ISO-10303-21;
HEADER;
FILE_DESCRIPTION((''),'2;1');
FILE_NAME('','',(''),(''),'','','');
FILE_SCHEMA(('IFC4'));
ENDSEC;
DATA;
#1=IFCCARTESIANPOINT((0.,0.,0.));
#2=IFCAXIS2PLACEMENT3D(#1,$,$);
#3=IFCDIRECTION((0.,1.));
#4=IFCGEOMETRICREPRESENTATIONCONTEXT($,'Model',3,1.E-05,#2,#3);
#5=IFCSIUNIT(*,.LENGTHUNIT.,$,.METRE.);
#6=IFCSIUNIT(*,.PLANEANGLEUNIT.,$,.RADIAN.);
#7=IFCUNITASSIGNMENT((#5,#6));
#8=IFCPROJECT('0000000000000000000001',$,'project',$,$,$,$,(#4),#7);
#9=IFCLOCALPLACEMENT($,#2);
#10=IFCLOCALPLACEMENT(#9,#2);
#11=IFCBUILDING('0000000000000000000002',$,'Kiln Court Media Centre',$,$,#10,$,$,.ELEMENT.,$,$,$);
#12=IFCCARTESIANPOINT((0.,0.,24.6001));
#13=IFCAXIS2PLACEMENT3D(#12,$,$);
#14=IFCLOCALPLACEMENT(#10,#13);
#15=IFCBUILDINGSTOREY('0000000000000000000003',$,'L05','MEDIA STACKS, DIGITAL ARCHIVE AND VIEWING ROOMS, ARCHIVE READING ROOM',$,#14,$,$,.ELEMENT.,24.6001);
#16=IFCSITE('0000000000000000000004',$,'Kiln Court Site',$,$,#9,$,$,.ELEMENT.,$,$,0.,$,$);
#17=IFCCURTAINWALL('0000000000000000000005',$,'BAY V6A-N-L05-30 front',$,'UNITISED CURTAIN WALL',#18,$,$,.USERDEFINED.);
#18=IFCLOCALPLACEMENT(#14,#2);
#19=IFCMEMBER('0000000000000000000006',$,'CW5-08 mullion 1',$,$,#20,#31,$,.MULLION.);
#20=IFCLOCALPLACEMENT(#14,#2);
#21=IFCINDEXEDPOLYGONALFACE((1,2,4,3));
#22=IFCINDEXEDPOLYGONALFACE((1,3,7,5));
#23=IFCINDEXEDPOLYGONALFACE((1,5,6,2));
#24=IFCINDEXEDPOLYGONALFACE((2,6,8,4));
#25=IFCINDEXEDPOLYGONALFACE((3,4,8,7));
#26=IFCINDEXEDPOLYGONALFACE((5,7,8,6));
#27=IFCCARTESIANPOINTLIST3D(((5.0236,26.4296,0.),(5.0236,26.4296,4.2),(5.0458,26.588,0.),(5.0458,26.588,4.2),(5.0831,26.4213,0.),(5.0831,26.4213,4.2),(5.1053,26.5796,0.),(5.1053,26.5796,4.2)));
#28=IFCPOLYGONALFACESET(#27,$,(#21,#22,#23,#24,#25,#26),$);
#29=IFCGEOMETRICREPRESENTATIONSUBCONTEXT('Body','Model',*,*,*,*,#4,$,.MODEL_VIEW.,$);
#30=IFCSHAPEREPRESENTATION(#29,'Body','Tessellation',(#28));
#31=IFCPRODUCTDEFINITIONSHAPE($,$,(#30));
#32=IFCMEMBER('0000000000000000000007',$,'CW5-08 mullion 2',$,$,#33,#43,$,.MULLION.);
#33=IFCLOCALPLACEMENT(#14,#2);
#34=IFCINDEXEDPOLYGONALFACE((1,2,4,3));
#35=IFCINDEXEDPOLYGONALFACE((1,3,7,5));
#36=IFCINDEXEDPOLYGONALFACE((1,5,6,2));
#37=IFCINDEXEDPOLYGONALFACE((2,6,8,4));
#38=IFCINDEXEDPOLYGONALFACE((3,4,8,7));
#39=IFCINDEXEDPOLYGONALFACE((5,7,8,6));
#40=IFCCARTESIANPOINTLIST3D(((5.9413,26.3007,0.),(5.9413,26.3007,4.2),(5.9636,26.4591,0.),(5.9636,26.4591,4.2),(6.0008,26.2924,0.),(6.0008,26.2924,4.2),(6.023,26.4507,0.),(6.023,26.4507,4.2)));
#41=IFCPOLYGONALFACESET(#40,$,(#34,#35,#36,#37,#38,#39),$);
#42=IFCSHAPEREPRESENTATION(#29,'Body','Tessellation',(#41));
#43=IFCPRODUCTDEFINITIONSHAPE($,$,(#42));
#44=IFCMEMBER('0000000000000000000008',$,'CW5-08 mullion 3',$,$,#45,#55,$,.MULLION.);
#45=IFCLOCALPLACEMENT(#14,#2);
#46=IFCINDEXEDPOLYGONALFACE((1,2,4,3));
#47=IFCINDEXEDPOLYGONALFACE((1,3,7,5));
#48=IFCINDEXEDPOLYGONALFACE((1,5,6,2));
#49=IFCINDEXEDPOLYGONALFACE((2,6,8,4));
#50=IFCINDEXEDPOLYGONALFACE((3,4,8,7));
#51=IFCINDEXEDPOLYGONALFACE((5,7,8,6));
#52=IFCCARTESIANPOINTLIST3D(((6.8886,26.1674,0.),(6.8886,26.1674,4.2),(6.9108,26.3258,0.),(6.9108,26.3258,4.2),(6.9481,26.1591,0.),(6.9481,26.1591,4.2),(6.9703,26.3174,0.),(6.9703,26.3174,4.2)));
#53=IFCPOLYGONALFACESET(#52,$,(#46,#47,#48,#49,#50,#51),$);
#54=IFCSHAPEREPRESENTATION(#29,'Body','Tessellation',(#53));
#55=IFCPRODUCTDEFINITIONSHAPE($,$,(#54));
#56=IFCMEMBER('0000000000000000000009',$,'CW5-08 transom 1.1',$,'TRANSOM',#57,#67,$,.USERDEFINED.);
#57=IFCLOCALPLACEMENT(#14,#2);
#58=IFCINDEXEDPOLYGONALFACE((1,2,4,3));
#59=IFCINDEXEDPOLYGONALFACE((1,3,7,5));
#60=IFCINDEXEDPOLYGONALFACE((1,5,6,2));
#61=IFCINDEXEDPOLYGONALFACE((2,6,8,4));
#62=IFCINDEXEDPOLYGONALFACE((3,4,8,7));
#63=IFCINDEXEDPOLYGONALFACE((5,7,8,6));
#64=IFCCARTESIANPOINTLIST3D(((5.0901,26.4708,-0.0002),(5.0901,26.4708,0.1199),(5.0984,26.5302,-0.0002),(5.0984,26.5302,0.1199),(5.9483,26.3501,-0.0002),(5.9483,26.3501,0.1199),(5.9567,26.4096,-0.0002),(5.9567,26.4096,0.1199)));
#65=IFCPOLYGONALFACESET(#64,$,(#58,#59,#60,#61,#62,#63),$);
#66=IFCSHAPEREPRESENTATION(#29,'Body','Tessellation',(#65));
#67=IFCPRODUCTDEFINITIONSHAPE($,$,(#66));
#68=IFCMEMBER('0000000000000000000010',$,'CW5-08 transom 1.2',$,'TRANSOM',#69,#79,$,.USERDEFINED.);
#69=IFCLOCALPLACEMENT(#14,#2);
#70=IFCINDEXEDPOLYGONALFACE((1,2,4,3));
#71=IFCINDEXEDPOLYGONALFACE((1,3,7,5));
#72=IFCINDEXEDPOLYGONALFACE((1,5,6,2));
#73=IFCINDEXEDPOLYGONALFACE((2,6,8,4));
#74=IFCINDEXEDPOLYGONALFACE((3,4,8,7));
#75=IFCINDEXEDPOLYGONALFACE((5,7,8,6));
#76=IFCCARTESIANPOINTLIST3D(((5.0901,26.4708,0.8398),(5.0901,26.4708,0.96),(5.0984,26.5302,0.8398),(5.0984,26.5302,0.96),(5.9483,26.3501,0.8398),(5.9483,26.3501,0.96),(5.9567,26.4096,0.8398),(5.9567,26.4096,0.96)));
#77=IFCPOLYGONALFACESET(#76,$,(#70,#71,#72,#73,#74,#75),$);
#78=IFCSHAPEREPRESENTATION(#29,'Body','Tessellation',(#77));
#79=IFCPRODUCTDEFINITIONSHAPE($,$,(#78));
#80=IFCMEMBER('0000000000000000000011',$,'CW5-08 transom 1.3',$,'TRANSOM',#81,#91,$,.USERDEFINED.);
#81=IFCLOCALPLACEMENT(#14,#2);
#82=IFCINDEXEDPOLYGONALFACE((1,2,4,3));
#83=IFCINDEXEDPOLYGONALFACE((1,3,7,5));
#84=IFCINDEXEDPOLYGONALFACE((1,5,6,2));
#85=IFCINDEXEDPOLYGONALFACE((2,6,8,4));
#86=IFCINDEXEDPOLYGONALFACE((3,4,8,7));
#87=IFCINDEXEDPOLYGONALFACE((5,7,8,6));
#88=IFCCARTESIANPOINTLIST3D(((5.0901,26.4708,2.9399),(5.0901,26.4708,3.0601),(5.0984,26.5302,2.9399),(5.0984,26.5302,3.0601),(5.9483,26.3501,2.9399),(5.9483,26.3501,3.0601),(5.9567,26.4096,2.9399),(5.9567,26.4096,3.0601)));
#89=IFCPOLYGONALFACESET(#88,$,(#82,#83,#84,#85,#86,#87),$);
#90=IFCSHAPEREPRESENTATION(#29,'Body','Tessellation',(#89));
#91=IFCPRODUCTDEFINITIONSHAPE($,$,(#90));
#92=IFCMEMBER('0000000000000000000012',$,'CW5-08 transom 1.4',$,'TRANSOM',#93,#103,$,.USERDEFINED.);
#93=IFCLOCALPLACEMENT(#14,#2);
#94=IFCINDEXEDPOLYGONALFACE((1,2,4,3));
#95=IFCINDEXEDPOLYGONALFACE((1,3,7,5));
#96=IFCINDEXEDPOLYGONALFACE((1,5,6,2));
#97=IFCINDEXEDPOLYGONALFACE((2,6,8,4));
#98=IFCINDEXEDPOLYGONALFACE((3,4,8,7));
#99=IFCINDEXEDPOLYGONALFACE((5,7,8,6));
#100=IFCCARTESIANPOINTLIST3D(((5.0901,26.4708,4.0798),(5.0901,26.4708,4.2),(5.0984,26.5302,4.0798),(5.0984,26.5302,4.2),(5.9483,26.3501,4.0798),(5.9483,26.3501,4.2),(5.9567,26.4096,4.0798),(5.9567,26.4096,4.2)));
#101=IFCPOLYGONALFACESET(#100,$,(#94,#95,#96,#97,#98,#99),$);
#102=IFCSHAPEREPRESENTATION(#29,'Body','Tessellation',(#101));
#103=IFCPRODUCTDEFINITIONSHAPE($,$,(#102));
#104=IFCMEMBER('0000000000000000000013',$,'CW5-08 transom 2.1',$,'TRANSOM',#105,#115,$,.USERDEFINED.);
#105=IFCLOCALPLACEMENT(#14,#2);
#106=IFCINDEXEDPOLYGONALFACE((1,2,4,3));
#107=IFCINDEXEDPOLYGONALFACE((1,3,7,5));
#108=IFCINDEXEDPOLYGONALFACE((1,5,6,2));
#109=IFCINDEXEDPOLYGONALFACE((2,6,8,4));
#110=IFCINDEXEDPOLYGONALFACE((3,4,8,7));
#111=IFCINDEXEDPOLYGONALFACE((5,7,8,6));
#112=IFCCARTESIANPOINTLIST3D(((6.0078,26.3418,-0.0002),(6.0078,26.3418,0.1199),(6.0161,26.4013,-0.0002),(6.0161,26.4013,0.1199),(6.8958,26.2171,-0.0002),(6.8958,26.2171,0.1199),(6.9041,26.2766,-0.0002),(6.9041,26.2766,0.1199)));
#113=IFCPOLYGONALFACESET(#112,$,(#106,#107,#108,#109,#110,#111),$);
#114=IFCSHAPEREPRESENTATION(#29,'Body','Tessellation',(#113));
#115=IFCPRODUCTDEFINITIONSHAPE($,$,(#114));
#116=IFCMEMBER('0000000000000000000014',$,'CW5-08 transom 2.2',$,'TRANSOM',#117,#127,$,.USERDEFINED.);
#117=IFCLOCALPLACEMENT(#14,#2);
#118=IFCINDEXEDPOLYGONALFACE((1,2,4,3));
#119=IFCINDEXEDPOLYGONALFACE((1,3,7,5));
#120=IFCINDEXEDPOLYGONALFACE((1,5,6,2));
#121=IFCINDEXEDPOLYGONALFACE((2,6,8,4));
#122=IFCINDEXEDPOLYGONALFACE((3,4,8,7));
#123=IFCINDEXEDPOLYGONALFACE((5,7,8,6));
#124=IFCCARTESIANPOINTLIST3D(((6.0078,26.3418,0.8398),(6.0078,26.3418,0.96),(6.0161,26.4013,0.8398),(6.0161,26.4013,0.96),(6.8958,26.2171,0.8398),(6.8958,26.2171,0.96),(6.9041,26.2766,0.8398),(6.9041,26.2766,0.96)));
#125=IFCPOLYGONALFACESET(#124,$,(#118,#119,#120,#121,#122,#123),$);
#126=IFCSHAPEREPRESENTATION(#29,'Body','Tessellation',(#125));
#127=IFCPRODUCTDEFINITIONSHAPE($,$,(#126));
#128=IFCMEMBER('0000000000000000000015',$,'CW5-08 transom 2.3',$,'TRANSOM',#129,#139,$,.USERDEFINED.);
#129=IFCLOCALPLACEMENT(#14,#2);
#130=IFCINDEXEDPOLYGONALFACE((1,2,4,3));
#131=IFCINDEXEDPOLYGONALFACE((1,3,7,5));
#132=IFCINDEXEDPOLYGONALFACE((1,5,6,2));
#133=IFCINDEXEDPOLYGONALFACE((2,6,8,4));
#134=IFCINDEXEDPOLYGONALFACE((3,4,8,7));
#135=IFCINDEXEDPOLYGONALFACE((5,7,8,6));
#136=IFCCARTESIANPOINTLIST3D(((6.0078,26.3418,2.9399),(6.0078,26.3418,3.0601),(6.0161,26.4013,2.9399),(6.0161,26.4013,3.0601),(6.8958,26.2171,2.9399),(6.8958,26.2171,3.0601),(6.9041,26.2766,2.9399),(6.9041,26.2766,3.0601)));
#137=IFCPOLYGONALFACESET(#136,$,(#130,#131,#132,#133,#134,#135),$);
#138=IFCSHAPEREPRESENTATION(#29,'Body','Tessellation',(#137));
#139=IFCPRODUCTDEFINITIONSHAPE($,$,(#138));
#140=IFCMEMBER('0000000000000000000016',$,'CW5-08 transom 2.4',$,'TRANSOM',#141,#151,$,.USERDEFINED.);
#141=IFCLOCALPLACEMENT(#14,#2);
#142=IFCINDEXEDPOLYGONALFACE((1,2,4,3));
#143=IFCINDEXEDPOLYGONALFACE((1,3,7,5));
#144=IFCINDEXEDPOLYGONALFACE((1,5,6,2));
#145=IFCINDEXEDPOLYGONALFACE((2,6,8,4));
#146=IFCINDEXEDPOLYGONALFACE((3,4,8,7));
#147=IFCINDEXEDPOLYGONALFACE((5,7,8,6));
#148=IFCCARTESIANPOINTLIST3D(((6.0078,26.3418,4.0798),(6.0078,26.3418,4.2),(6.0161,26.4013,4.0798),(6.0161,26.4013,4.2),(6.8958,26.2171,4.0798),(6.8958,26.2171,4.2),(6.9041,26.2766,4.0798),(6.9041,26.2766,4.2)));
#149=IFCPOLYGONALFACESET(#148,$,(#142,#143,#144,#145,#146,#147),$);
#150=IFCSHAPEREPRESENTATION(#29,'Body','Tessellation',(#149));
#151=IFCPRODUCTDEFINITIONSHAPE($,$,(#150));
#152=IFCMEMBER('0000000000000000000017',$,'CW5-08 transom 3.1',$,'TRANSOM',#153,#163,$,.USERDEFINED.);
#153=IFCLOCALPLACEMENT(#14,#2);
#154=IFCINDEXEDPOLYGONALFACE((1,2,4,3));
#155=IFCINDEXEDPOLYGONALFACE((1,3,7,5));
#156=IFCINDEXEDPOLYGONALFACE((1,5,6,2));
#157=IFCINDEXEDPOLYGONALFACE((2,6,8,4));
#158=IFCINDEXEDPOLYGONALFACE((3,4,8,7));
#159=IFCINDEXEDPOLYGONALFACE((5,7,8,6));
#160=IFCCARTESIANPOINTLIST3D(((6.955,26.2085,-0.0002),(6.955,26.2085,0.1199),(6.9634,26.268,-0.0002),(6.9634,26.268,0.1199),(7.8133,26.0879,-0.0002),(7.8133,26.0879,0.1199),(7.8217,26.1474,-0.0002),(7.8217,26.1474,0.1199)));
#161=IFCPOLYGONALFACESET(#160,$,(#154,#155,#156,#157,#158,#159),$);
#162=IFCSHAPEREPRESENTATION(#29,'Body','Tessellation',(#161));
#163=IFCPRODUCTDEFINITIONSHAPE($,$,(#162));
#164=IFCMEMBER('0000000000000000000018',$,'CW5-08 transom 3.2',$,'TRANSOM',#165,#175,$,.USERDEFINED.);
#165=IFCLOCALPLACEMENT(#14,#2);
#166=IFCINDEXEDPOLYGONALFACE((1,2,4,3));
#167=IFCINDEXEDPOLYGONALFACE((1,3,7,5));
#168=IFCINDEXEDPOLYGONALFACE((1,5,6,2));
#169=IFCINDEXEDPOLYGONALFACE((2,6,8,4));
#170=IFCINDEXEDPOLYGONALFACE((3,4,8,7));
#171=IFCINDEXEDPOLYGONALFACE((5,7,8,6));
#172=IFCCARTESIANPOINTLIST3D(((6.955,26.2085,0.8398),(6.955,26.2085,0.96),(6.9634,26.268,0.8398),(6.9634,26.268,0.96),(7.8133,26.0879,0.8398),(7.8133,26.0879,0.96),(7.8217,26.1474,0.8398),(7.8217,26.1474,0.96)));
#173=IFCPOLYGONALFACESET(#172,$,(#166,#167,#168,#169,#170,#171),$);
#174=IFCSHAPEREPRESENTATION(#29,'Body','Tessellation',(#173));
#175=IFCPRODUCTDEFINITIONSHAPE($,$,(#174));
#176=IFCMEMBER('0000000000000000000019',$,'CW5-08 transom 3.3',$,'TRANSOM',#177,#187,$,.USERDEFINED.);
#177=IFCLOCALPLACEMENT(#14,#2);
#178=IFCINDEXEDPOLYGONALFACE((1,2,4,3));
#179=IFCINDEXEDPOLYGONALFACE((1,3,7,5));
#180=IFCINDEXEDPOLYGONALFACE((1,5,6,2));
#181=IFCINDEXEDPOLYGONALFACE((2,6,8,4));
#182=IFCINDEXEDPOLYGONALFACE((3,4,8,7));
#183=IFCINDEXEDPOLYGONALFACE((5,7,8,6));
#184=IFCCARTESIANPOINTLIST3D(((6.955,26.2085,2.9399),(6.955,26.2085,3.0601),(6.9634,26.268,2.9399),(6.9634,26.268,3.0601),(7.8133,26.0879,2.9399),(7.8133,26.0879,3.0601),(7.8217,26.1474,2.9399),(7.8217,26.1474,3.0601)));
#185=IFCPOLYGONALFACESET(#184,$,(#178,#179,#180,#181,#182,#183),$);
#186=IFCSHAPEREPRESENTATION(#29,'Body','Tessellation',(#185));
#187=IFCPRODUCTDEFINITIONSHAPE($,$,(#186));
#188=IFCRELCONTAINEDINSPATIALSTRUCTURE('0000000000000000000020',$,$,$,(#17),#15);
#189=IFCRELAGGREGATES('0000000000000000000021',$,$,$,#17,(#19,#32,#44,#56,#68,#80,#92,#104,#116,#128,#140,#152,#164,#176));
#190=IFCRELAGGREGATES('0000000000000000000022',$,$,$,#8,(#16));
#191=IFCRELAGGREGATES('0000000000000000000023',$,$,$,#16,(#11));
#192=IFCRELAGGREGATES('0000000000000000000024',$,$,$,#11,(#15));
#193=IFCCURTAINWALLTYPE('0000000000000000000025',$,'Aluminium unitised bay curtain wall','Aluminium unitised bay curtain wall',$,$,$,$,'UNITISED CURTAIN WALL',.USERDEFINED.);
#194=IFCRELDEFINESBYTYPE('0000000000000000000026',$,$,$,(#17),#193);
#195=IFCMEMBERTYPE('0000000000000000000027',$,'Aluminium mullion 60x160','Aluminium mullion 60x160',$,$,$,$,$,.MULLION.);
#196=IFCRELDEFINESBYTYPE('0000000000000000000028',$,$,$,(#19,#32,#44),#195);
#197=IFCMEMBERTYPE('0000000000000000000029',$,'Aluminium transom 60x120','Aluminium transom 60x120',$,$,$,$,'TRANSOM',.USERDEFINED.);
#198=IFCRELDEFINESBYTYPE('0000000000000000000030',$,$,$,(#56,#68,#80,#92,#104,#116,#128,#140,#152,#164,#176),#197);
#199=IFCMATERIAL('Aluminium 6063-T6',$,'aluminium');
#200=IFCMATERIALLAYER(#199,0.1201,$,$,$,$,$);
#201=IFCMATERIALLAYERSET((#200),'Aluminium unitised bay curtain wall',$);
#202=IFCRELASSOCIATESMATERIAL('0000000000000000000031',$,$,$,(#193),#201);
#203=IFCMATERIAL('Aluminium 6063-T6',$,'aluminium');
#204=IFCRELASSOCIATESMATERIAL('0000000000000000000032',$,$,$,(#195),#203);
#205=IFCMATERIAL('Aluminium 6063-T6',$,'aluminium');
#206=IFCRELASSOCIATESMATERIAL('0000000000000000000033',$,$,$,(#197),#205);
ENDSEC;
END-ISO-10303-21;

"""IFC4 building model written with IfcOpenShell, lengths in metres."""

from ifc_helpers import new_model, si_unit, direction, frame, origin, origin_2d, place, context, subcontext, project, spatial, rectangle, extrude, material, layer, layer_set, material_profile, profile_set, type_object, element, aggregate, save


model = new_model("IFC4")

# Units and contexts
model_context = context("Model", 3, precision=1e-05, world=origin(), true_north=direction((0.0, 1.0)))
body_context = subcontext(model_context, "Body", "Model", "MODEL_VIEW")
ifc_project = project(units=[si_unit("LENGTHUNIT", "METRE"), si_unit("PLANEANGLEUNIT", "RADIAN")], contexts=[model_context])

# Site, building, storey
site_placement = place(None, origin())
site = spatial("IfcSite", under=ifc_project, at=site_placement, Name="Kiln Court Site", CompositionType="ELEMENT", RefElevation=0.0)
building_placement = place(site_placement, origin())
building = spatial("IfcBuilding", under=site, at=building_placement, Name="Kiln Court Media Centre", CompositionType="ELEMENT")
storey_placement = place(building_placement, frame((0.0, 0.0, 24.6001)))
storey = spatial("IfcBuildingStorey", under=building, at=storey_placement, Name="L05", Description="MEDIA STACKS, DIGITAL ARCHIVE AND VIEWING ROOMS, ARCHIVE READING ROOM", CompositionType="ELEMENT", Elevation=24.6001)

# Curtain wall, members
ifc_material_1 = material(Name="Aluminium 6063-T6", Category="aluminium")
ifc_layer_1 = layer(ifc_material_1, 0.1201)
ifc_layer_set_1 = layer_set([ifc_layer_1], Name="Aluminium unitised bay curtain wall")
curtain_wall_type = type_object("IfcCurtainWallType", Name="Aluminium unitised bay curtain wall", Description="Aluminium unitised bay curtain wall", ElementType="UNITISED CURTAIN WALL", PredefinedType="USERDEFINED", material=ifc_layer_set_1)
curtain_wall_placement = place(storey_placement, origin())
curtain_wall = element("IfcCurtainWall", 1, at=curtain_wall_placement, inside=storey, type_object=curtain_wall_type, Name="BAY V6A-N-L05-30 front", ObjectType="UNITISED CURTAIN WALL", PredefinedType="USERDEFINED")
ifc_material_2 = material(Name="Aluminium 6063-T6", Category="aluminium")
ifc_material_profile_1 = material_profile(ifc_material_2, rectangle(XDim=0.0601, YDim=0.1599, at=origin_2d()), Name="Aluminium mullion 60x160")
ifc_profile_set_1 = profile_set([ifc_material_profile_1], Name="Aluminium 6063-T6")
member_type_1 = type_object("IfcMemberType", Name="Aluminium mullion 60x160", Description="Aluminium mullion 60x160", PredefinedType="MULLION", material=ifc_profile_set_1)
member_1_placement = place(storey_placement, frame((5.0645, 26.5046, 0.0), z_axis=(0.0, 0.0, 1.0), x_axis=(0.99027, -0.139162, 0.0)))
member_1 = element("IfcMember", 2, at=member_1_placement, type_object=member_type_1, Name="CW5-08 mullion 1", PredefinedType="MULLION", context=body_context, shape_type="SweptSolid", body=[
    extrude(rectangle(XDim=0.0601, YDim=0.1599, at=origin_2d()), origin(), (0.0, 0.0, 1.0), 4.2),
])
member_2_placement = place(storey_placement, frame((5.9822, 26.3757, 0.0), z_axis=(0.0, 0.0, 1.0), x_axis=(0.99027, -0.139162, 0.0)))
member_2 = element("IfcMember", 3, at=member_2_placement, type_object=member_type_1, Name="CW5-08 mullion 2", PredefinedType="MULLION", context=body_context, shape_type="SweptSolid", body=[
    extrude(rectangle(XDim=0.0601, YDim=0.1599, at=origin_2d()), origin(), (0.0, 0.0, 1.0), 4.2),
])
member_3_placement = place(storey_placement, frame((6.9294, 26.2424, 0.0), z_axis=(0.0, 0.0, 1.0), x_axis=(0.99027, -0.139162, 0.0)))
member_3 = element("IfcMember", 4, at=member_3_placement, type_object=member_type_1, Name="CW5-08 mullion 3", PredefinedType="MULLION", context=body_context, shape_type="SweptSolid", body=[
    extrude(rectangle(XDim=0.0601, YDim=0.1599, at=origin_2d()), origin(), (0.0, 0.0, 1.0), 4.2),
])
ifc_material_3 = material(Name="Aluminium 6063-T6", Category="aluminium")
ifc_material_profile_2 = material_profile(ifc_material_3, rectangle(XDim=0.0601, YDim=0.1201, at=origin_2d()), Name="Aluminium transom 60x120")
ifc_profile_set_2 = profile_set([ifc_material_profile_2], Name="Aluminium 6063-T6")
member_type_2 = type_object("IfcMemberType", Name="Aluminium transom 60x120", Description="Aluminium transom 60x120", ElementType="TRANSOM", PredefinedType="USERDEFINED", material=ifc_profile_set_2)
member_4_placement = place(storey_placement, frame((5.0942, 26.5005, 0.0598), z_axis=(0.990268, -0.139173, 0.0), x_axis=(0.139173, 0.990268, 0.0)))
member_4 = element("IfcMember", 5, at=member_4_placement, type_object=member_type_2, Name="CW5-08 transom 1.1", ObjectType="TRANSOM", PredefinedType="USERDEFINED", context=body_context, shape_type="SweptSolid", body=[
    extrude(rectangle(XDim=0.0601, YDim=0.1201, at=origin_2d()), origin(), (0.0, 0.0, 1.0), 0.8667),
])
member_5_placement = place(storey_placement, frame((5.0942, 26.5005, 0.8999), z_axis=(0.990268, -0.139173, 0.0), x_axis=(0.139173, 0.990268, 0.0)))
member_5 = element("IfcMember", 6, at=member_5_placement, type_object=member_type_2, Name="CW5-08 transom 1.2", ObjectType="TRANSOM", PredefinedType="USERDEFINED", context=body_context, shape_type="SweptSolid", body=[
    extrude(rectangle(XDim=0.0601, YDim=0.1201, at=origin_2d()), origin(), (0.0, 0.0, 1.0), 0.8667),
])
member_6_placement = place(storey_placement, frame((5.0942, 26.5005, 3.0), z_axis=(0.990268, -0.139173, 0.0), x_axis=(0.139173, 0.990268, 0.0)))
member_6 = element("IfcMember", 7, at=member_6_placement, type_object=member_type_2, Name="CW5-08 transom 1.3", ObjectType="TRANSOM", PredefinedType="USERDEFINED", context=body_context, shape_type="SweptSolid", body=[
    extrude(rectangle(XDim=0.0601, YDim=0.1201, at=origin_2d()), origin(), (0.0, 0.0, 1.0), 0.8667),
])
member_7_placement = place(storey_placement, frame((5.0942, 26.5005, 4.1399), z_axis=(0.990268, -0.139173, 0.0), x_axis=(0.139173, 0.990268, 0.0)))
member_7 = element("IfcMember", 8, at=member_7_placement, type_object=member_type_2, Name="CW5-08 transom 1.4", ObjectType="TRANSOM", PredefinedType="USERDEFINED", context=body_context, shape_type="SweptSolid", body=[
    extrude(rectangle(XDim=0.0601, YDim=0.1201, at=origin_2d()), origin(), (0.0, 0.0, 1.0), 0.8667),
])
member_8_placement = place(storey_placement, frame((6.012, 26.3716, 0.0598), z_axis=(0.990274, -0.139134, 0.0), x_axis=(0.139134, 0.990274, 0.0)))
member_8 = element("IfcMember", 9, at=member_8_placement, type_object=member_type_2, Name="CW5-08 transom 2.1", ObjectType="TRANSOM", PredefinedType="USERDEFINED", context=body_context, shape_type="SweptSolid", body=[
    extrude(rectangle(XDim=0.0601, YDim=0.1201, at=origin_2d()), origin(), (0.0, 0.0, 1.0), 0.8967),
])
member_9_placement = place(storey_placement, frame((6.012, 26.3716, 0.8999), z_axis=(0.990274, -0.139134, 0.0), x_axis=(0.139134, 0.990274, 0.0)))
member_9 = element("IfcMember", 10, at=member_9_placement, type_object=member_type_2, Name="CW5-08 transom 2.2", ObjectType="TRANSOM", PredefinedType="USERDEFINED", context=body_context, shape_type="SweptSolid", body=[
    extrude(rectangle(XDim=0.0601, YDim=0.1201, at=origin_2d()), origin(), (0.0, 0.0, 1.0), 0.8967),
])
member_10_placement = place(storey_placement, frame((6.012, 26.3716, 3.0), z_axis=(0.990274, -0.139134, 0.0), x_axis=(0.139134, 0.990274, 0.0)))
member_10 = element("IfcMember", 11, at=member_10_placement, type_object=member_type_2, Name="CW5-08 transom 2.3", ObjectType="TRANSOM", PredefinedType="USERDEFINED", context=body_context, shape_type="SweptSolid", body=[
    extrude(rectangle(XDim=0.0601, YDim=0.1201, at=origin_2d()), origin(), (0.0, 0.0, 1.0), 0.8967),
])
member_11_placement = place(storey_placement, frame((6.012, 26.3716, 4.1399), z_axis=(0.990274, -0.139134, 0.0), x_axis=(0.139134, 0.990274, 0.0)))
member_11 = element("IfcMember", 12, at=member_11_placement, type_object=member_type_2, Name="CW5-08 transom 2.4", ObjectType="TRANSOM", PredefinedType="USERDEFINED", context=body_context, shape_type="SweptSolid", body=[
    extrude(rectangle(XDim=0.0601, YDim=0.1201, at=origin_2d()), origin(), (0.0, 0.0, 1.0), 0.8967),
])
member_12_placement = place(storey_placement, frame((6.9592, 26.2383, 0.0598), z_axis=(0.990268, -0.139173, 0.0), x_axis=(0.139173, 0.990268, 0.0)))
member_12 = element("IfcMember", 13, at=member_12_placement, type_object=member_type_2, Name="CW5-08 transom 3.1", ObjectType="TRANSOM", PredefinedType="USERDEFINED", context=body_context, shape_type="SweptSolid", body=[
    extrude(rectangle(XDim=0.0601, YDim=0.1201, at=origin_2d()), origin(), (0.0, 0.0, 1.0), 0.8667),
])
member_13_placement = place(storey_placement, frame((6.9592, 26.2383, 0.8999), z_axis=(0.990268, -0.139173, 0.0), x_axis=(0.139173, 0.990268, 0.0)))
member_13 = element("IfcMember", 14, at=member_13_placement, type_object=member_type_2, Name="CW5-08 transom 3.2", ObjectType="TRANSOM", PredefinedType="USERDEFINED", context=body_context, shape_type="SweptSolid", body=[
    extrude(rectangle(XDim=0.0601, YDim=0.1201, at=origin_2d()), origin(), (0.0, 0.0, 1.0), 0.8667),
])
member_14_placement = place(storey_placement, frame((6.9592, 26.2383, 3.0), z_axis=(0.990268, -0.139173, 0.0), x_axis=(0.139173, 0.990268, 0.0)))
member_14 = element("IfcMember", 15, at=member_14_placement, type_object=member_type_2, Name="CW5-08 transom 3.3", ObjectType="TRANSOM", PredefinedType="USERDEFINED", context=body_context, shape_type="SweptSolid", body=[
    extrude(rectangle(XDim=0.0601, YDim=0.1201, at=origin_2d()), origin(), (0.0, 0.0, 1.0), 0.8667),
])
aggregate(curtain_wall, [member_1, member_2, member_3, member_4, member_5, member_6, member_7, member_8, member_9, member_10, member_11, member_12, member_13, member_14])

save(model, "model.ifc")
